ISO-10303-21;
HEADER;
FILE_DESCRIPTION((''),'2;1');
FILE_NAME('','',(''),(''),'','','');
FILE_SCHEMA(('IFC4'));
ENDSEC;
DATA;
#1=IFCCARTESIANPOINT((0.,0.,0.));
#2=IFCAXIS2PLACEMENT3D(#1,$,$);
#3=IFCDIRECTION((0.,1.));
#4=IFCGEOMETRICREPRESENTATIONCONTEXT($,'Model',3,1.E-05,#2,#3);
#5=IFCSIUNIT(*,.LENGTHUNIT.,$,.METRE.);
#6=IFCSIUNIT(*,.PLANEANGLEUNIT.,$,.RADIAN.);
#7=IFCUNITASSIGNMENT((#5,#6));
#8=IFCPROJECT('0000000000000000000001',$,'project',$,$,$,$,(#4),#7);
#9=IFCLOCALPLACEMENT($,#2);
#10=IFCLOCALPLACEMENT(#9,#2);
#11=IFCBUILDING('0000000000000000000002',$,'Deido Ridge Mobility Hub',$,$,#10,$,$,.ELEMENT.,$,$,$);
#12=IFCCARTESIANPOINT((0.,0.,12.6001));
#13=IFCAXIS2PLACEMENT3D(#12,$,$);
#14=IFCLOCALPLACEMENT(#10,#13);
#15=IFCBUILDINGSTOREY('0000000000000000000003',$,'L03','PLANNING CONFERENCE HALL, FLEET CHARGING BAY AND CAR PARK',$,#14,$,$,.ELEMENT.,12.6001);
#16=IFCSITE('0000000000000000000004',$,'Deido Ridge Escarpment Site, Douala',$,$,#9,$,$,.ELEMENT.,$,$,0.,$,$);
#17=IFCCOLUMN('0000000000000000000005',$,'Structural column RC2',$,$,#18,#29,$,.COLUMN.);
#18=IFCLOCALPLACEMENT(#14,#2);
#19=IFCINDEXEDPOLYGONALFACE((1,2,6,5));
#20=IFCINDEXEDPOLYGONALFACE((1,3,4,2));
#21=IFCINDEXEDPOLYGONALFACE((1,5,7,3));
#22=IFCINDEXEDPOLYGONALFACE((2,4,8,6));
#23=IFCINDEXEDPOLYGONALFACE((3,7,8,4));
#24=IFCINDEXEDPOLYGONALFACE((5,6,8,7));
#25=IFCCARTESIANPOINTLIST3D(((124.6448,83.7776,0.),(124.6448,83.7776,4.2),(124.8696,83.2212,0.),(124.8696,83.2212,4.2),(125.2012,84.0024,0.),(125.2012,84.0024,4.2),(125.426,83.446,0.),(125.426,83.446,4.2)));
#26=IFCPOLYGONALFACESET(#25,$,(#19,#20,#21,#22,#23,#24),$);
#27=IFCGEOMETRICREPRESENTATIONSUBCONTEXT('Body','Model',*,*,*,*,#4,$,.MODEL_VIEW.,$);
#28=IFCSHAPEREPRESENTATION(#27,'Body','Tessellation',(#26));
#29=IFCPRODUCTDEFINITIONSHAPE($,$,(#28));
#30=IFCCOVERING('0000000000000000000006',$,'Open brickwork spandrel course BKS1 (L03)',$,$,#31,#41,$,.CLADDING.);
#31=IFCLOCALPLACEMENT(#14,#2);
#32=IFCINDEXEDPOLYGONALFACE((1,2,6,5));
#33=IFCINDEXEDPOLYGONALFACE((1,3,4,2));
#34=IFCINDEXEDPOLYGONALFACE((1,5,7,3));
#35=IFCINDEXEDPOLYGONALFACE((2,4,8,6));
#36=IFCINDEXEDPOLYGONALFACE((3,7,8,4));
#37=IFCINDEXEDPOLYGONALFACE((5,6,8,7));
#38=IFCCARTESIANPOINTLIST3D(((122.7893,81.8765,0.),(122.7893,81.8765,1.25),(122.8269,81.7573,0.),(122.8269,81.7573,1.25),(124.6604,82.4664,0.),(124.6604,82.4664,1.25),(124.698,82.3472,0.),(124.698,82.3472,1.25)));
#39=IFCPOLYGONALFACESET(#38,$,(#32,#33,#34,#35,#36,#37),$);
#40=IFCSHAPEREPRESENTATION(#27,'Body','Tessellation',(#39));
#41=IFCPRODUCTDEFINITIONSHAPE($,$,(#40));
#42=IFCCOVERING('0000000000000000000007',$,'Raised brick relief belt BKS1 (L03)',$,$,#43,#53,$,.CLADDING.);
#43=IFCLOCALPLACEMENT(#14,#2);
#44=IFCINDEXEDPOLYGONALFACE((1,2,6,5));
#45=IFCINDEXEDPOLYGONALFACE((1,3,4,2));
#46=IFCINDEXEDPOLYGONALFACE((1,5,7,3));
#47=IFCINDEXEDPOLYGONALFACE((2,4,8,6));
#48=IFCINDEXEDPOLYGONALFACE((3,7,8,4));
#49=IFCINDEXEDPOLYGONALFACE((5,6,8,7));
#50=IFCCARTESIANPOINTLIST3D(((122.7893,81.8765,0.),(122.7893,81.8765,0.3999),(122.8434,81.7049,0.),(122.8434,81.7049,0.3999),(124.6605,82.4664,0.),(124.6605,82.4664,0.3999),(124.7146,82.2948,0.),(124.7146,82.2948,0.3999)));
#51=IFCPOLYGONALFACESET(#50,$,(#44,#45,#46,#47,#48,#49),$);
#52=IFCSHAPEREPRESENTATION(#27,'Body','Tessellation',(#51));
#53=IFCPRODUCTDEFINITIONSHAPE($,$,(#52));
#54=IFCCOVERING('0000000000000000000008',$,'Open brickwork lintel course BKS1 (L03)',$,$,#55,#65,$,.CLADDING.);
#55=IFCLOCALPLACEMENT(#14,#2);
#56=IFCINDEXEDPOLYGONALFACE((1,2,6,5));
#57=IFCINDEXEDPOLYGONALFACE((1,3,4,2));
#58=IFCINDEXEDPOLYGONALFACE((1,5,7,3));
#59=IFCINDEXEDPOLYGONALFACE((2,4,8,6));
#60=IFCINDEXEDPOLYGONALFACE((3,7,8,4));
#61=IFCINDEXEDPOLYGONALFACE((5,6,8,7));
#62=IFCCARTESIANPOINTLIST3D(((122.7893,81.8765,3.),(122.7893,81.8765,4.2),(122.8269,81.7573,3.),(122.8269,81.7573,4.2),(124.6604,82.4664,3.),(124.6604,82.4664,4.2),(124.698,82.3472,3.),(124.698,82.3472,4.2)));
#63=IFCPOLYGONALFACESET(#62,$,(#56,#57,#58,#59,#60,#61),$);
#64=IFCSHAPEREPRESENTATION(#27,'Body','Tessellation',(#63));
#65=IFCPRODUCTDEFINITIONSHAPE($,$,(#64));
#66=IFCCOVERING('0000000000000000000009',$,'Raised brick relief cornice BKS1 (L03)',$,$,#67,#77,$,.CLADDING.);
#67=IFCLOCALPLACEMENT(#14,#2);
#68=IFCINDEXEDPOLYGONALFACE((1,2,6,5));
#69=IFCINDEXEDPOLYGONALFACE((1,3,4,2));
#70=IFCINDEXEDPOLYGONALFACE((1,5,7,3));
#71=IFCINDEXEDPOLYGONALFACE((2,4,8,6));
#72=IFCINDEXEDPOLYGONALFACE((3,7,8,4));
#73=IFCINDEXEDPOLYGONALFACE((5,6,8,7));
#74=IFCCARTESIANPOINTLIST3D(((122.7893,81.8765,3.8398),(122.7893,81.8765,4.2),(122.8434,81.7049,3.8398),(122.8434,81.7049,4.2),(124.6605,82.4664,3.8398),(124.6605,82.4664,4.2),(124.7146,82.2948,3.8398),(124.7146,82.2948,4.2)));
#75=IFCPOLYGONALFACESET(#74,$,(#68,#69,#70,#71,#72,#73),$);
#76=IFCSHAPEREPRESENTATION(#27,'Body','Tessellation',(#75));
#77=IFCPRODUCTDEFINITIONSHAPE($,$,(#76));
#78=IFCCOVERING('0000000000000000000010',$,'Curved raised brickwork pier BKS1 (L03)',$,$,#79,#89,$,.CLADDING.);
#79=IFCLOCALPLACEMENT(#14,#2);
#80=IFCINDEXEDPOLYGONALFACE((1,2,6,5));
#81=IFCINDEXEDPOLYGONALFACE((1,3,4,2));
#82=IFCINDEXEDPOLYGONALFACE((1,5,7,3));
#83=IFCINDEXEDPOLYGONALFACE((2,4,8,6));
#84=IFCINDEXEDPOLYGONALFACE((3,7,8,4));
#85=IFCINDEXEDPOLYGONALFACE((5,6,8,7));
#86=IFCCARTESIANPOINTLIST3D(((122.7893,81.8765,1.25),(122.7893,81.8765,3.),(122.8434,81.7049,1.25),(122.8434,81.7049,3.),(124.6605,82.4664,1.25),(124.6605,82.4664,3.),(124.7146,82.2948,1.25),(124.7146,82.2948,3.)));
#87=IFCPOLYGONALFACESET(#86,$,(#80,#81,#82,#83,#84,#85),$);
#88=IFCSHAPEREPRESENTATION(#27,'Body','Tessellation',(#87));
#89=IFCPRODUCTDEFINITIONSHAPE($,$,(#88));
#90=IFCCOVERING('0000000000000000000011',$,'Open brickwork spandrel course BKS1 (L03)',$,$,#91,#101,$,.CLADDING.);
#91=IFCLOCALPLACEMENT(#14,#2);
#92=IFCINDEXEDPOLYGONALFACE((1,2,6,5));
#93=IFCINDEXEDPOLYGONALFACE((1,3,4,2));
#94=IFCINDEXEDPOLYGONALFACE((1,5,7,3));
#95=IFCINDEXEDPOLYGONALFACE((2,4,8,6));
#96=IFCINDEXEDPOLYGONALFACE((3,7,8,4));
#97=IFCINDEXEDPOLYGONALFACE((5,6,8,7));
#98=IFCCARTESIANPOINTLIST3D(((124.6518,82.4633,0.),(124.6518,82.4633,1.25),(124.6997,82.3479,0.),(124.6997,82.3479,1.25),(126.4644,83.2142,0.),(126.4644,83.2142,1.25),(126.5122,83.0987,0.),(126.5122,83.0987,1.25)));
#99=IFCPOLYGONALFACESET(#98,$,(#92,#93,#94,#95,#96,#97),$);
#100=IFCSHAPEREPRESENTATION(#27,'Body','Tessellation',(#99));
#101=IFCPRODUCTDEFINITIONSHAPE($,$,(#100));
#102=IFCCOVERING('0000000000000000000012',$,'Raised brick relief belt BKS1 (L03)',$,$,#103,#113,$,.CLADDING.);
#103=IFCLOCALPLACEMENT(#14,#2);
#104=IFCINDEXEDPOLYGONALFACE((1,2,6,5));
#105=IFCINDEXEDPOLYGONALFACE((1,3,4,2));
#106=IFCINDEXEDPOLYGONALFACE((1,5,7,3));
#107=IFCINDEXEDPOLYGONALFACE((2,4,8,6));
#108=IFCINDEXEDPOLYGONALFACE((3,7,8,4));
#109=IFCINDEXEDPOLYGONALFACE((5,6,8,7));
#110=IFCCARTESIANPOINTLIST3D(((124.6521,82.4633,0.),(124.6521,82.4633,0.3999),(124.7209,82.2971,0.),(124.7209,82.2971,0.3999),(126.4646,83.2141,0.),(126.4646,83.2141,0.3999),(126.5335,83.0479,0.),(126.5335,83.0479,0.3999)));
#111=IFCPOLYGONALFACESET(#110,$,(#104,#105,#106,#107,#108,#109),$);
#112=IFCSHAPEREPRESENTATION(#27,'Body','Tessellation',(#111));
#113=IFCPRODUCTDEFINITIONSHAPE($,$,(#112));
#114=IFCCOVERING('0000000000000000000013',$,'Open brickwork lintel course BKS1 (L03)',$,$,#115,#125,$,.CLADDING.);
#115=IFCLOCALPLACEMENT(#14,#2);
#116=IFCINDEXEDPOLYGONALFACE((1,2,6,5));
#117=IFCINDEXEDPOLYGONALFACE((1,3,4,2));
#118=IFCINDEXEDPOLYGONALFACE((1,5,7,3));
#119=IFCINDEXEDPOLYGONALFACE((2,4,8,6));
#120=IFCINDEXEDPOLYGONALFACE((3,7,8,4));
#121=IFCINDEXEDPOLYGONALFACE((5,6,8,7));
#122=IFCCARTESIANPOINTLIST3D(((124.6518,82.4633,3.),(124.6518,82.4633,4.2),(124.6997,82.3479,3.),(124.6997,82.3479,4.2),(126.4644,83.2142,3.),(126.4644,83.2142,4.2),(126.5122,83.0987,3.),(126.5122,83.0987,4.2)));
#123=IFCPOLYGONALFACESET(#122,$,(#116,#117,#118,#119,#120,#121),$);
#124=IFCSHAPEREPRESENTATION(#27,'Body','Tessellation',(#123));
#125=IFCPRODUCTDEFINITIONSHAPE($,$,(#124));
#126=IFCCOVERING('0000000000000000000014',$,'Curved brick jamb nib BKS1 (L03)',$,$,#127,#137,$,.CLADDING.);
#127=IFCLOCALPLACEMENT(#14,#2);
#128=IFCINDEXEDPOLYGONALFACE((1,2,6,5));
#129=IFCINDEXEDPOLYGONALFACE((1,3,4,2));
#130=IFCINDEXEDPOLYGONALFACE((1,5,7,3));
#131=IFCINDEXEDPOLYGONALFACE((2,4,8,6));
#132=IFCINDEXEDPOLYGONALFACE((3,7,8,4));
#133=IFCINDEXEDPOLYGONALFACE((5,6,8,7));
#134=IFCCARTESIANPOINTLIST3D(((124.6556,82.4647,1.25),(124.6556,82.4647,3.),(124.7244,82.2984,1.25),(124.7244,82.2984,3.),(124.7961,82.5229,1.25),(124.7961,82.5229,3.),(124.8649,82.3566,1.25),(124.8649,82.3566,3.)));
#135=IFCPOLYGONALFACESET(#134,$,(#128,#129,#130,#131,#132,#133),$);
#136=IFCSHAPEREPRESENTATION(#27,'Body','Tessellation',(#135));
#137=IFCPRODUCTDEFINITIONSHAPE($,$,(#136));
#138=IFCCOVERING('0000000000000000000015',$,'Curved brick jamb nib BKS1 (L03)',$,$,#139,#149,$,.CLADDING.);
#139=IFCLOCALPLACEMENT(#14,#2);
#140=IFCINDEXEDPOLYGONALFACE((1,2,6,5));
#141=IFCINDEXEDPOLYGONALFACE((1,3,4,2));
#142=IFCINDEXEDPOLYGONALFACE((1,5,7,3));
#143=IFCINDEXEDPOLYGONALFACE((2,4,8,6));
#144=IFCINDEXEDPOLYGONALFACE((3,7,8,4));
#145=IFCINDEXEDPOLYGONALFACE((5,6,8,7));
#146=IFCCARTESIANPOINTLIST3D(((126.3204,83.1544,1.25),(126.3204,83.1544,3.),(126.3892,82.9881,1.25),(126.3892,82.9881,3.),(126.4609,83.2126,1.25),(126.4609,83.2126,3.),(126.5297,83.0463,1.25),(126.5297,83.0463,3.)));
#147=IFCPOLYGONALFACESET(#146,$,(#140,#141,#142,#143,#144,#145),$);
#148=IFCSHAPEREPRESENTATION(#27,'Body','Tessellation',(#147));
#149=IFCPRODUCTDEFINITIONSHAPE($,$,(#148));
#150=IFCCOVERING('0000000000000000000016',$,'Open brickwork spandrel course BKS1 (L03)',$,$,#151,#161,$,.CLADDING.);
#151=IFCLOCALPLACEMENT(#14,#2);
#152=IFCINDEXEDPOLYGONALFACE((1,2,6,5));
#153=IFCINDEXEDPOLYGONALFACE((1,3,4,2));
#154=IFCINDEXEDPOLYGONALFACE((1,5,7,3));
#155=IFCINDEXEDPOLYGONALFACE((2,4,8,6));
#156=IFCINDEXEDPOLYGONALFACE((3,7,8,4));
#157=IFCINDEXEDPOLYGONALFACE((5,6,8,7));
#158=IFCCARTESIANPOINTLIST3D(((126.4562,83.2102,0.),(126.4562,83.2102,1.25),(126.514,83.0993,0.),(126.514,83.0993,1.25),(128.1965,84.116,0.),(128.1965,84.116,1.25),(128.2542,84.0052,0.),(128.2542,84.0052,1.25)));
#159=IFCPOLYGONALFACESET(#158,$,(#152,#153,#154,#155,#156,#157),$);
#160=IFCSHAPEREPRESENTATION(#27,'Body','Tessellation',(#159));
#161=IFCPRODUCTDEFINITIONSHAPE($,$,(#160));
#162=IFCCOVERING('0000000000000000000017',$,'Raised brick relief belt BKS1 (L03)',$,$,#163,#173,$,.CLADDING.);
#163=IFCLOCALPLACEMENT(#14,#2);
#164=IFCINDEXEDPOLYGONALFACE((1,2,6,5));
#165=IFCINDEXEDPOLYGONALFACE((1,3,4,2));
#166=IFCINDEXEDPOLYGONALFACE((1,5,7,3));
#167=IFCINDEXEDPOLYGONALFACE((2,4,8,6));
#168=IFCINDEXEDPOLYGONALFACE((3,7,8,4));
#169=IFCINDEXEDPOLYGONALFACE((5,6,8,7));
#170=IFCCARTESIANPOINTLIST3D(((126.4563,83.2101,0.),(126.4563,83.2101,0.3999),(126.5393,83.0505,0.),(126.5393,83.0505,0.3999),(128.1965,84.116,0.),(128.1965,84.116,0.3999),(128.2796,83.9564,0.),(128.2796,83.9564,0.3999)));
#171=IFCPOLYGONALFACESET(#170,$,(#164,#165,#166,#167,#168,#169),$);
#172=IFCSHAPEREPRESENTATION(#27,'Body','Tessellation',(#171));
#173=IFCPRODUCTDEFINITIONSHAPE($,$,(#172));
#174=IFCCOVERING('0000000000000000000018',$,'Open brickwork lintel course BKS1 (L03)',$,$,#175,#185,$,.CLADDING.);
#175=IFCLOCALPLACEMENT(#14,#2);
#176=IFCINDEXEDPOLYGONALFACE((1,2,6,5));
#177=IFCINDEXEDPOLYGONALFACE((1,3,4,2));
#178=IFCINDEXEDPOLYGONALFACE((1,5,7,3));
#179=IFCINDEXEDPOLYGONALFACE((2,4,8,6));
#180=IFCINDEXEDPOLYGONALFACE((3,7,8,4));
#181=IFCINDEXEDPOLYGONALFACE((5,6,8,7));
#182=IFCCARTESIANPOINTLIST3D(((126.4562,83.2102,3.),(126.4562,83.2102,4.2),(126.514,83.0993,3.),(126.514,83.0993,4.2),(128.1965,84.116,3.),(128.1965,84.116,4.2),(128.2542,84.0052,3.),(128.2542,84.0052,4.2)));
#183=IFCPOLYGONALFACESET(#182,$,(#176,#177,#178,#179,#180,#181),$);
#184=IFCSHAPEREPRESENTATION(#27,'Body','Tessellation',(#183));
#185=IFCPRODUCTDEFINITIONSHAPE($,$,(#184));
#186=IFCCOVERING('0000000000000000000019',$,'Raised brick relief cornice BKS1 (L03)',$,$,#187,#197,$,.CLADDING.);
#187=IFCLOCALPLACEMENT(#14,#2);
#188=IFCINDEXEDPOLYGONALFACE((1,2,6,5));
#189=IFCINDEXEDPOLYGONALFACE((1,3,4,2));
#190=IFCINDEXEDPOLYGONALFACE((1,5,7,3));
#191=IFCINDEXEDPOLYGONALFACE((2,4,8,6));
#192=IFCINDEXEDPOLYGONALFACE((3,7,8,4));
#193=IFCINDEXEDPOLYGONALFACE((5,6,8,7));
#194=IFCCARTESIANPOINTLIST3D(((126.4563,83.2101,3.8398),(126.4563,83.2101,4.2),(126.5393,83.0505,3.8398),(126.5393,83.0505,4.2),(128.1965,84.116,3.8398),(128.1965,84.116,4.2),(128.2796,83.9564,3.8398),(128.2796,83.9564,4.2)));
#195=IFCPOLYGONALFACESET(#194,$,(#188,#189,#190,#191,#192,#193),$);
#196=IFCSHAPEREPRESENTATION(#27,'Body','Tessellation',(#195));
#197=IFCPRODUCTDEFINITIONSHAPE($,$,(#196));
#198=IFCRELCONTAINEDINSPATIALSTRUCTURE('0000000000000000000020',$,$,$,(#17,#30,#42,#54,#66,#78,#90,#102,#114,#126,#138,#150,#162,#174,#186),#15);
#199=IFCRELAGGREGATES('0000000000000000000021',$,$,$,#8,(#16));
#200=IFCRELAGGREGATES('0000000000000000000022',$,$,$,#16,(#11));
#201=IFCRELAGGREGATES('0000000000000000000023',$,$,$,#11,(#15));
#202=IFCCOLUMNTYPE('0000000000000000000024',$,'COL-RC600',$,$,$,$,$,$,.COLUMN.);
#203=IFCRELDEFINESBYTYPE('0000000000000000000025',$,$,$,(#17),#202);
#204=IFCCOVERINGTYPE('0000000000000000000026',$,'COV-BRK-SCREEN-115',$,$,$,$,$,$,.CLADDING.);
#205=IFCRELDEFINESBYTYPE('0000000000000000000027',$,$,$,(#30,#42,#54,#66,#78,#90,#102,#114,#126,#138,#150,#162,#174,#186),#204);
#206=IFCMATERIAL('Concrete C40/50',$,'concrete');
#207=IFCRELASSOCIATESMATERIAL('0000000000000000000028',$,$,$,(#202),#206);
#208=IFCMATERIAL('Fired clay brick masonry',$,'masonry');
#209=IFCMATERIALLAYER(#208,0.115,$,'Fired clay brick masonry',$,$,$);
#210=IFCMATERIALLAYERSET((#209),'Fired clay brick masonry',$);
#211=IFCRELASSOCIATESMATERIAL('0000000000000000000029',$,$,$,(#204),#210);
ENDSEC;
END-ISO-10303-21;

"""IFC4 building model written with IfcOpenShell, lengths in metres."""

from ifc_helpers import new_model, si_unit, direction, frame, origin, origin_2d, place, context, subcontext, project, spatial, rectangle, extrude, material, layer, layer_set, material_profile, profile_set, type_object, element, save


model = new_model("IFC4")

# Units and contexts
model_context = context("Model", 3, precision=1e-05, world=origin(), true_north=direction((0.0, 1.0)))
body_context = subcontext(model_context, "Body", "Model", "MODEL_VIEW")
ifc_project = project(units=[si_unit("LENGTHUNIT", "METRE"), si_unit("PLANEANGLEUNIT", "RADIAN")], contexts=[model_context])

# Site, building, storey
site_placement = place(None, origin())
site = spatial("IfcSite", under=ifc_project, at=site_placement, Name="Deido Ridge Escarpment Site, Douala", CompositionType="ELEMENT", RefElevation=0.0)
building_placement = place(site_placement, origin())
building = spatial("IfcBuilding", under=site, at=building_placement, Name="Deido Ridge Mobility Hub", CompositionType="ELEMENT")
storey_placement = place(building_placement, frame((0.0, 0.0, 12.6001)))
storey = spatial("IfcBuildingStorey", under=building, at=storey_placement, Name="L03", Description="PLANNING CONFERENCE HALL, FLEET CHARGING BAY AND CAR PARK", CompositionType="ELEMENT", Elevation=12.6001)

# Column
ifc_material_1 = material(Name="Concrete C40/50", Category="concrete")
ifc_material_profile = material_profile(ifc_material_1, rectangle(XDim=0.6001, YDim=0.6001, at=origin_2d()), Name="RC COL 600x600")
ifc_profile_set = profile_set([ifc_material_profile], Name="Concrete C40/50")
column_type = type_object("IfcColumnType", Name="COL-RC600", PredefinedType="COLUMN", material=ifc_profile_set)
column_placement = place(storey_placement, frame((125.0354, 83.6118, 0.0), z_axis=(0.0, 0.0, 1.0), x_axis=(0.374607, -0.927184, 0.0)))
element("IfcColumn", 1, at=column_placement, inside=storey, type_object=column_type, Name="Structural column RC2", PredefinedType="COLUMN", context=body_context, shape_type="SweptSolid", body=[
    extrude(rectangle(XDim=0.6001, YDim=0.6001, at=origin_2d()), origin(), (0.0, 0.0, 1.0), 4.2),
])

# Coverings
ifc_material_2 = material(Name="Fired clay brick masonry", Category="masonry")
ifc_layer = layer(ifc_material_2, 0.115, Name="Fired clay brick masonry")
ifc_layer_set = layer_set([ifc_layer], Name="Fired clay brick masonry")
covering_type = type_object("IfcCoveringType", Name="COV-BRK-SCREEN-115", PredefinedType="CLADDING", material=ifc_layer_set)
covering_1_placement = place(storey_placement, frame((123.7437, 82.1118, 0.0), z_axis=(0.0, 0.0, 1.0), x_axis=(0.953727, 0.300673, 0.0)))
element("IfcCovering", 2, at=covering_1_placement, inside=storey, type_object=covering_type, Name="Open brickwork spandrel course BKS1 (L03)", PredefinedType="CLADDING", context=body_context, shape_type="SweptSolid", body=[
    extrude(rectangle(XDim=1.9619, YDim=0.125, at=origin_2d()), origin(), (0.0, 0.0, 1.0), 1.25),
])
covering_2_placement = place(storey_placement, frame((123.752, 82.0857, 0.0), z_axis=(0.0, 0.0, 1.0), x_axis=(0.953727, 0.300673, 0.0)))
element("IfcCovering", 3, at=covering_2_placement, inside=storey, type_object=covering_type, Name="Raised brick relief belt BKS1 (L03)", PredefinedType="CLADDING", context=body_context, shape_type="SweptSolid", body=[
    extrude(rectangle(XDim=1.9619, YDim=0.1799, at=origin_2d()), origin(), (0.0, 0.0, 1.0), 0.3999),
])
covering_3_placement = place(storey_placement, frame((123.7437, 82.1118, 3.0), z_axis=(0.0, 0.0, 1.0), x_axis=(0.953727, 0.300673, 0.0)))
element("IfcCovering", 4, at=covering_3_placement, inside=storey, type_object=covering_type, Name="Open brickwork lintel course BKS1 (L03)", PredefinedType="CLADDING", context=body_context, shape_type="SweptSolid", body=[
    extrude(rectangle(XDim=1.9619, YDim=0.125, at=origin_2d()), origin(), (0.0, 0.0, 1.0), 1.2),
])
covering_4_placement = place(storey_placement, frame((123.752, 82.0857, 3.8398), z_axis=(0.0, 0.0, 1.0), x_axis=(0.953727, 0.300673, 0.0)))
element("IfcCovering", 5, at=covering_4_placement, inside=storey, type_object=covering_type, Name="Raised brick relief cornice BKS1 (L03)", PredefinedType="CLADDING", context=body_context, shape_type="SweptSolid", body=[
    extrude(rectangle(XDim=1.9619, YDim=0.1799, at=origin_2d()), origin(), (0.0, 0.0, 1.0), 0.3601),
])
covering_5_placement = place(storey_placement, frame((123.752, 82.0857, 1.25), z_axis=(0.0, 0.0, 1.0), x_axis=(0.953727, 0.300673, 0.0)))
element("IfcCovering", 6, at=covering_5_placement, inside=storey, type_object=covering_type, Name="Curved raised brickwork pier BKS1 (L03)", PredefinedType="CLADDING", context=body_context, shape_type="SweptSolid", body=[
    extrude(rectangle(XDim=1.9619, YDim=0.1799, at=origin_2d()), origin(), (0.0, 0.0, 1.0), 1.75),
])
covering_6_placement = place(storey_placement, frame((125.582, 82.781, 0.0), z_axis=(0.0, 0.0, 1.0), x_axis=(0.923873, 0.3827, 0.0)))
element("IfcCovering", 7, at=covering_6_placement, inside=storey, type_object=covering_type, Name="Open brickwork spandrel course BKS1 (L03)", PredefinedType="CLADDING", context=body_context, shape_type="SweptSolid", body=[
    extrude(rectangle(XDim=1.9619, YDim=0.125, at=origin_2d()), origin(), (0.0, 0.0, 1.0), 1.25),
])
covering_7_placement = place(storey_placement, frame((125.5928, 82.7556, 0.0), z_axis=(0.0, 0.0, 1.0), x_axis=(0.923873, 0.3827, 0.0)))
element("IfcCovering", 8, at=covering_7_placement, inside=storey, type_object=covering_type, Name="Raised brick relief belt BKS1 (L03)", PredefinedType="CLADDING", context=body_context, shape_type="SweptSolid", body=[
    extrude(rectangle(XDim=1.9619, YDim=0.1799, at=origin_2d()), origin(), (0.0, 0.0, 1.0), 0.3999),
])
covering_8_placement = place(storey_placement, frame((125.582, 82.781, 3.0), z_axis=(0.0, 0.0, 1.0), x_axis=(0.923873, 0.3827, 0.0)))
element("IfcCovering", 9, at=covering_8_placement, inside=storey, type_object=covering_type, Name="Open brickwork lintel course BKS1 (L03)", PredefinedType="CLADDING", context=body_context, shape_type="SweptSolid", body=[
    extrude(rectangle(XDim=1.9619, YDim=0.125, at=origin_2d()), origin(), (0.0, 0.0, 1.0), 1.2),
])
for number, where, z_axis, x_axis, name in (
    (10, (124.7603, 82.4106, 1.25), (0.0, 0.0, 1.0), (0.923873, 0.3827, 0.0), "Curved brick jamb nib BKS1 (L03)"),
    (11, (126.425, 83.1003, 1.25), (0.0, 0.0, 1.0), (0.923873, 0.3827, 0.0), "Curved brick jamb nib BKS1 (L03)"),
):
    element("IfcCovering", number, at=place(storey_placement, frame(where, z_axis=z_axis, x_axis=x_axis)), inside=storey, type_object=covering_type, Name=name, PredefinedType="CLADDING", context=body_context, shape_type="SweptSolid", body=[
        extrude(rectangle(XDim=0.1521, YDim=0.1799, at=origin_2d()), origin(), (0.0, 0.0, 1.0), 1.75),
    ])
covering_9_placement = place(storey_placement, frame((127.3552, 83.6077, 0.0), z_axis=(0.0, 0.0, 1.0), x_axis=(0.887019, 0.461733, 0.0)))
element("IfcCovering", 12, at=covering_9_placement, inside=storey, type_object=covering_type, Name="Open brickwork spandrel course BKS1 (L03)", PredefinedType="CLADDING", context=body_context, shape_type="SweptSolid", body=[
    extrude(rectangle(XDim=1.9619, YDim=0.125, at=origin_2d()), origin(), (0.0, 0.0, 1.0), 1.25),
])
covering_10_placement = place(storey_placement, frame((127.3679, 83.5833, 0.0), z_axis=(0.0, 0.0, 1.0), x_axis=(0.887019, 0.461733, 0.0)))
element("IfcCovering", 13, at=covering_10_placement, inside=storey, type_object=covering_type, Name="Raised brick relief belt BKS1 (L03)", PredefinedType="CLADDING", context=body_context, shape_type="SweptSolid", body=[
    extrude(rectangle(XDim=1.9619, YDim=0.1799, at=origin_2d()), origin(), (0.0, 0.0, 1.0), 0.3999),
])
covering_11_placement = place(storey_placement, frame((127.3552, 83.6077, 3.0), z_axis=(0.0, 0.0, 1.0), x_axis=(0.887019, 0.461733, 0.0)))
element("IfcCovering", 14, at=covering_11_placement, inside=storey, type_object=covering_type, Name="Open brickwork lintel course BKS1 (L03)", PredefinedType="CLADDING", context=body_context, shape_type="SweptSolid", body=[
    extrude(rectangle(XDim=1.9619, YDim=0.125, at=origin_2d()), origin(), (0.0, 0.0, 1.0), 1.2),
])
covering_12_placement = place(storey_placement, frame((127.3679, 83.5833, 3.8398), z_axis=(0.0, 0.0, 1.0), x_axis=(0.887019, 0.461733, 0.0)))
element("IfcCovering", 15, at=covering_12_placement, inside=storey, type_object=covering_type, Name="Raised brick relief cornice BKS1 (L03)", PredefinedType="CLADDING", context=body_context, shape_type="SweptSolid", body=[
    extrude(rectangle(XDim=1.9619, YDim=0.1799, at=origin_2d()), origin(), (0.0, 0.0, 1.0), 0.3601),
])

save(model, "model.ifc")
